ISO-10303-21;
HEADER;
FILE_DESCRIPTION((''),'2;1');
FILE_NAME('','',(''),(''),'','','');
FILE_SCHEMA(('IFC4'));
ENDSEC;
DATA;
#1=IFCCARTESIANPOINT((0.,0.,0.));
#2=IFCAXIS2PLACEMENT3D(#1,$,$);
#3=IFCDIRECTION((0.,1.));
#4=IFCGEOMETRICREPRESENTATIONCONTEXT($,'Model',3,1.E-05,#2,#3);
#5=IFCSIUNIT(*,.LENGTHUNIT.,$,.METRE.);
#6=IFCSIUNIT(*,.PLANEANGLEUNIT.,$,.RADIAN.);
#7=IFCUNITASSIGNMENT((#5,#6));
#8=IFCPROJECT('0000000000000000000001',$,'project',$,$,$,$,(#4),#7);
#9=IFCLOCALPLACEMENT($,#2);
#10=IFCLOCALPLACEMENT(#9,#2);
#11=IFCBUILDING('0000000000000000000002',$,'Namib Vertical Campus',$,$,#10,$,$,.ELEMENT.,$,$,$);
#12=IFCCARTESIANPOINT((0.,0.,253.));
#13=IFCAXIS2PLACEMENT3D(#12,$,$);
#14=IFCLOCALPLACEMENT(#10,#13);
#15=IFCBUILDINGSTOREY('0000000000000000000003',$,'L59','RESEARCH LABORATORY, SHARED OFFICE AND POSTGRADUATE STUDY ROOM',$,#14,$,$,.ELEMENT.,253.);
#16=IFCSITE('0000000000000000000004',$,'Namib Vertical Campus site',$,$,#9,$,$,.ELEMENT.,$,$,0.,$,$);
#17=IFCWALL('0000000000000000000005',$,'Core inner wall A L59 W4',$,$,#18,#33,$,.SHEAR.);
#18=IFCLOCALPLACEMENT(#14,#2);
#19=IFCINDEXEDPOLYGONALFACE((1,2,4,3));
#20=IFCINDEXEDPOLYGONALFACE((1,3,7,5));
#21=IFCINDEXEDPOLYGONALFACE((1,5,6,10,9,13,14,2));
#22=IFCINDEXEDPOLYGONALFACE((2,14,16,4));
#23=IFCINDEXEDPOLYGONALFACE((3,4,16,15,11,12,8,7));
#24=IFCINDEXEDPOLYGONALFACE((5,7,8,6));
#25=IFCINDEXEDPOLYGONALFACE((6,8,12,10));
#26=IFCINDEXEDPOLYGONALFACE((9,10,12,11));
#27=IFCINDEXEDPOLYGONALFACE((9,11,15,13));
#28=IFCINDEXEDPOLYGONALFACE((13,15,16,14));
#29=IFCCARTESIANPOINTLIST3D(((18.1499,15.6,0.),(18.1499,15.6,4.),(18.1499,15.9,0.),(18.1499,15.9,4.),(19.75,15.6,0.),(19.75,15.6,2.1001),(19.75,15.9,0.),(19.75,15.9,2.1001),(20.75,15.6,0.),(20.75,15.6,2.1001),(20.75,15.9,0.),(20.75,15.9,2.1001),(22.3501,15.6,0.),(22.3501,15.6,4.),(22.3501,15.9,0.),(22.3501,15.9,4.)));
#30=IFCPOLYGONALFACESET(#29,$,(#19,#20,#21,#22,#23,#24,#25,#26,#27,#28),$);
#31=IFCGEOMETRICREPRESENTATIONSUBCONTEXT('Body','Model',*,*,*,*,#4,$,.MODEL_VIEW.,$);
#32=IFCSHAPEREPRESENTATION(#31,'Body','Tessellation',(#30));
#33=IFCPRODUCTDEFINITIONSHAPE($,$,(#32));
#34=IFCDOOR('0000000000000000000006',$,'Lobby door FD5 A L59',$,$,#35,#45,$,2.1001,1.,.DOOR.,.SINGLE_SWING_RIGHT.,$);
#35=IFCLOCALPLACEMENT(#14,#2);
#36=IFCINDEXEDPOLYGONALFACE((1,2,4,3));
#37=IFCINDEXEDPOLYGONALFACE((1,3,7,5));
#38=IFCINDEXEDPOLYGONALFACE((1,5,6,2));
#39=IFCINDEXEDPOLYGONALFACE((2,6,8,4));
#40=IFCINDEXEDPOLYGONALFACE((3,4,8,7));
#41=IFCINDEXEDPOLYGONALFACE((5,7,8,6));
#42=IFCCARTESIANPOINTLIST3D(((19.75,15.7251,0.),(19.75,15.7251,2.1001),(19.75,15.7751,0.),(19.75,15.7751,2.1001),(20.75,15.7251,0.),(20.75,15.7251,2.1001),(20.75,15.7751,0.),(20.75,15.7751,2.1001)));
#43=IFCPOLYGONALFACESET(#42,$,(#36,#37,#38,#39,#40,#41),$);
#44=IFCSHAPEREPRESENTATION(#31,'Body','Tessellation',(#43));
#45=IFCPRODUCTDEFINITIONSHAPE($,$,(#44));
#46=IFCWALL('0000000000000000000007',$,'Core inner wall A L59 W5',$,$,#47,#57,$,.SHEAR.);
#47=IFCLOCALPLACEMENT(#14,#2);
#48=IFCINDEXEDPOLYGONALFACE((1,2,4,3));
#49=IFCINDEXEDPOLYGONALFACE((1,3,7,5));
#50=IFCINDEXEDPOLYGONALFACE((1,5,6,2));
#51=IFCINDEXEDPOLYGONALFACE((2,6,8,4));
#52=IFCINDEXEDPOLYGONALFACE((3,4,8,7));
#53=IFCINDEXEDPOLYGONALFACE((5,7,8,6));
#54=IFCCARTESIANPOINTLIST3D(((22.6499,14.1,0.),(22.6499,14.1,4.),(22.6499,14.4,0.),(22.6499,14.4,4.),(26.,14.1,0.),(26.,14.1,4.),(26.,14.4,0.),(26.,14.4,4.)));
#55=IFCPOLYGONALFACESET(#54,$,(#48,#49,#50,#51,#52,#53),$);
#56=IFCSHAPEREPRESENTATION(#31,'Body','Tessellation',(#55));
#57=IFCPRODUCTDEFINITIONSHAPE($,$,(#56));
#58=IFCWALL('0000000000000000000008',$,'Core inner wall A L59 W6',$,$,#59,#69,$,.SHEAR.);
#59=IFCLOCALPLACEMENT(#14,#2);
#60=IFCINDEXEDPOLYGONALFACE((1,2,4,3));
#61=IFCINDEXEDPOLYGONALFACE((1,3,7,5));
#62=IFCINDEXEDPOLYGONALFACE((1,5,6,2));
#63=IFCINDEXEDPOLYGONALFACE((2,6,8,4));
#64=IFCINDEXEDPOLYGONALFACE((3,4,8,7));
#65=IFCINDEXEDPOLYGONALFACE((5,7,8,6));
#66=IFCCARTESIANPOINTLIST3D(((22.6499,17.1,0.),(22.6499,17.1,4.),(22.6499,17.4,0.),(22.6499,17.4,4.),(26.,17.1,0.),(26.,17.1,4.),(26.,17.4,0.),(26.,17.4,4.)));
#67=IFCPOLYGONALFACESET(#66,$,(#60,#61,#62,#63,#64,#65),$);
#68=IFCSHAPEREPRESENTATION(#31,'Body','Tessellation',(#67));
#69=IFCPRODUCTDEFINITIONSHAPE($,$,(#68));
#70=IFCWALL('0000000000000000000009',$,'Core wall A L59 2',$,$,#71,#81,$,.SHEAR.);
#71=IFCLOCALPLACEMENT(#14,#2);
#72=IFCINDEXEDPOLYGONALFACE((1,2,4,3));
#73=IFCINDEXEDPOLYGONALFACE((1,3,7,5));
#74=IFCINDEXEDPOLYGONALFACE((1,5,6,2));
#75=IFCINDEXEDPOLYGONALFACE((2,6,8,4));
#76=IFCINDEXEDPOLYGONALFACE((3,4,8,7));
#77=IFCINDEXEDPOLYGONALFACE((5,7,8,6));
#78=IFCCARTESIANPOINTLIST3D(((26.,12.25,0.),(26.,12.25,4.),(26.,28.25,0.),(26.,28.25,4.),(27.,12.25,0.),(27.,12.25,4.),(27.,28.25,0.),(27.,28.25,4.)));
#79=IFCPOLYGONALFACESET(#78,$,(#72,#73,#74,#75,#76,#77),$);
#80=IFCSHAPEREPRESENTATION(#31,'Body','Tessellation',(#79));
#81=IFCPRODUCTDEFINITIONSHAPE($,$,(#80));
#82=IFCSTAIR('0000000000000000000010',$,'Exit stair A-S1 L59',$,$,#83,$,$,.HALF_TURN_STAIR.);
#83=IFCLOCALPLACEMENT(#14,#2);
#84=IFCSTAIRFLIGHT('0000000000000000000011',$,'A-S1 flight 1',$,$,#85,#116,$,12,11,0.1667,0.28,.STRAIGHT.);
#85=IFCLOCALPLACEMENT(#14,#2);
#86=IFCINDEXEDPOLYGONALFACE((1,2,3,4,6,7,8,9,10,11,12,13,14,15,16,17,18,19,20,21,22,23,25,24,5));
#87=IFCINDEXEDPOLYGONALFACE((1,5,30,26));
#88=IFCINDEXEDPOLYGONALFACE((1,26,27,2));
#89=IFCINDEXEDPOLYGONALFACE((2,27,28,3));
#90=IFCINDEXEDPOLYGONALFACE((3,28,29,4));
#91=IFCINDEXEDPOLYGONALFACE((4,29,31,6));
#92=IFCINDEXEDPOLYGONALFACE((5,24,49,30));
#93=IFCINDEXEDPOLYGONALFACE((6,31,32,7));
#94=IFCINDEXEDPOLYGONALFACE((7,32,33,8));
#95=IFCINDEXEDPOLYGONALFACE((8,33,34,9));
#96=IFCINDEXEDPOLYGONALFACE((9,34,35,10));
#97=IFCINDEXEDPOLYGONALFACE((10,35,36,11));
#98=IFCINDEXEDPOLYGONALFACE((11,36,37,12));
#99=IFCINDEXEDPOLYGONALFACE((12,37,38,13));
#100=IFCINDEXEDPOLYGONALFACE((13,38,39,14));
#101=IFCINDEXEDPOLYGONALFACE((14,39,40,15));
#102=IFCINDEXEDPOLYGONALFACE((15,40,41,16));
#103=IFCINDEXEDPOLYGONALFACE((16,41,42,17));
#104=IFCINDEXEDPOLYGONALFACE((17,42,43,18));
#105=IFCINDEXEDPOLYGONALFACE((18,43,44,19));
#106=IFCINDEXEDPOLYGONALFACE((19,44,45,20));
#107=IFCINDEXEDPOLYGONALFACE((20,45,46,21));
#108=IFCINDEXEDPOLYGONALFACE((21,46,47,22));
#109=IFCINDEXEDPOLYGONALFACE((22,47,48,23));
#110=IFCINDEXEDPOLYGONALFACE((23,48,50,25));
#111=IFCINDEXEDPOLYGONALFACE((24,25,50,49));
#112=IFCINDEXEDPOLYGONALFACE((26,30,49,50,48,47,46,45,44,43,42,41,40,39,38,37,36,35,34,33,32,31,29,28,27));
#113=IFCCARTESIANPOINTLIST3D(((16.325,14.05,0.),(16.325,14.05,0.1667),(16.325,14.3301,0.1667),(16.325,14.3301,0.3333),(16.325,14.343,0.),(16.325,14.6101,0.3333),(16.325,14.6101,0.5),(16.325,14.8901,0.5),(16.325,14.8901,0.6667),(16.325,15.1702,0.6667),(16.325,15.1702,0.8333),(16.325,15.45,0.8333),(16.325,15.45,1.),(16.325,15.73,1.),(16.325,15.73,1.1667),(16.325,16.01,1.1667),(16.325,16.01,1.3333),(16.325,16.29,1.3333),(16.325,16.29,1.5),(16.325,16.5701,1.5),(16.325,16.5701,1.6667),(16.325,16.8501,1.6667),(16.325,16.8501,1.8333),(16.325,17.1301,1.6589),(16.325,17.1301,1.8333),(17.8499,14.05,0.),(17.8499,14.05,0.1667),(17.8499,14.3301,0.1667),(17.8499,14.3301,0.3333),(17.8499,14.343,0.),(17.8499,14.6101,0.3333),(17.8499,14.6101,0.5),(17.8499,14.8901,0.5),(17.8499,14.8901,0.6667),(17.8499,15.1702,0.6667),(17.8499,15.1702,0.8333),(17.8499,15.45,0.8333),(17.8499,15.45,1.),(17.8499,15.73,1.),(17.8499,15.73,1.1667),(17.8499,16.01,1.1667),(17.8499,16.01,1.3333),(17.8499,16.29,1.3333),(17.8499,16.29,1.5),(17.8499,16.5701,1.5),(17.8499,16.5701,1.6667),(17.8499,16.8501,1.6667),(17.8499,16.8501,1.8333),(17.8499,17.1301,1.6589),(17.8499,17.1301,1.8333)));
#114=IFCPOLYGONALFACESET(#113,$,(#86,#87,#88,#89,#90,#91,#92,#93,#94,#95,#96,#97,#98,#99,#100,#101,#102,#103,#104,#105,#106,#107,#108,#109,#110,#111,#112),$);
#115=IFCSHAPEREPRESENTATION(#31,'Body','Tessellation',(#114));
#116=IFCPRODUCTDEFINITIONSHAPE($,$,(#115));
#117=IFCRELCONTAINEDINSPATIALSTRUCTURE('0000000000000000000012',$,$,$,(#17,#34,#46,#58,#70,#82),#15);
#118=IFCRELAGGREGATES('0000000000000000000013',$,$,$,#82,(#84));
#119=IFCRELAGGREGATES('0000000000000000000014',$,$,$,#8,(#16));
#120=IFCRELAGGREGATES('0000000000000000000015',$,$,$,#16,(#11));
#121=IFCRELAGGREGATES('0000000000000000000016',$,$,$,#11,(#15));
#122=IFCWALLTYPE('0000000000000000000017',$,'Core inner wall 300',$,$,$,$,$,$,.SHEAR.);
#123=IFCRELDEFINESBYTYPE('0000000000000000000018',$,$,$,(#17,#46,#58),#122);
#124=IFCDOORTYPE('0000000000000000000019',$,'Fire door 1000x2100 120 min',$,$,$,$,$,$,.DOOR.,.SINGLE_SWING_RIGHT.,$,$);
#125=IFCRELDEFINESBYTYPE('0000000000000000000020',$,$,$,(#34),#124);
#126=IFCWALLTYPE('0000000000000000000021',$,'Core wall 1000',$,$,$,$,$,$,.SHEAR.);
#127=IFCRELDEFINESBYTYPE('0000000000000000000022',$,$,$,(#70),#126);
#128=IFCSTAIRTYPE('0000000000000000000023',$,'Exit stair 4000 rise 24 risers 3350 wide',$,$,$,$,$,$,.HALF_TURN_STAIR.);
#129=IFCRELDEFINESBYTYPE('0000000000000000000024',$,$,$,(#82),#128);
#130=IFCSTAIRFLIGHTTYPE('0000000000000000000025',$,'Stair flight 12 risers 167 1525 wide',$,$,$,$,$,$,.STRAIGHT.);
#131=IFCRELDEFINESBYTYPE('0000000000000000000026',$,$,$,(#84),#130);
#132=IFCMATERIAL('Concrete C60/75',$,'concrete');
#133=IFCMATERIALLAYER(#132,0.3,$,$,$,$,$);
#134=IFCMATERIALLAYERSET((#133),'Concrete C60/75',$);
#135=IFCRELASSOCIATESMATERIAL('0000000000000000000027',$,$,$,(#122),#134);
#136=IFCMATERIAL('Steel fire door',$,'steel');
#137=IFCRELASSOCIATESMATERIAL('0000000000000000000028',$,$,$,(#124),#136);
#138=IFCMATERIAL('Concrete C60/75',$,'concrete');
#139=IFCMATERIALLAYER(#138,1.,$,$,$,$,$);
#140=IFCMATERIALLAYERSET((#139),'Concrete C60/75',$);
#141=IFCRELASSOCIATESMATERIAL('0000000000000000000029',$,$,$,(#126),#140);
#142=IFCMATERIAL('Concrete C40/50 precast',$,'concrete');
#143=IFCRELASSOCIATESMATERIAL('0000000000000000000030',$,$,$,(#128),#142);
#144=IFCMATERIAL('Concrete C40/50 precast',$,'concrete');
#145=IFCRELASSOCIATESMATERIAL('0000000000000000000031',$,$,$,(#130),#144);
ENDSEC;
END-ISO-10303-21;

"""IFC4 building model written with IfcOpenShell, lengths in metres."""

from ifc_helpers import new_model, si_unit, direction, frame, frame_2d, origin, place, context, subcontext, project, spatial, polyline, rectangle, outline, extrude, material, layer, layer_set, type_object, element, fill, aggregate, save


model = new_model("IFC4")

# Units and contexts
model_context = context("Model", 3, precision=1e-05, world=origin(), true_north=direction((0.0, 1.0)))
body_context = subcontext(model_context, "Body", "Model", "MODEL_VIEW")
ifc_project = project(units=[si_unit("LENGTHUNIT", "METRE"), si_unit("PLANEANGLEUNIT", "RADIAN")], contexts=[model_context])

# Site, building, storey
site_placement = place(None, origin())
site = spatial("IfcSite", under=ifc_project, at=site_placement, Name="Namib Vertical Campus site", CompositionType="ELEMENT", RefElevation=0.0)
building_placement = place(site_placement, origin())
building = spatial("IfcBuilding", under=site, at=building_placement, Name="Namib Vertical Campus", CompositionType="ELEMENT")
storey_placement = place(building_placement, frame((0.0, 0.0, 253.0)))
storey = spatial("IfcBuildingStorey", under=building, at=storey_placement, Name="L59", Description="RESEARCH LABORATORY, SHARED OFFICE AND POSTGRADUATE STUDY ROOM", CompositionType="ELEMENT", Elevation=253.0)

# Wall, opening, door
ifc_material_1 = material(Name="Concrete C60/75", Category="concrete")
ifc_layer_1 = layer(ifc_material_1, 0.3)
ifc_layer_set_1 = layer_set([ifc_layer_1], Name="Concrete C60/75")
wall_type_1 = type_object("IfcWallType", Name="Core inner wall 300", PredefinedType="SHEAR", material=ifc_layer_set_1)
wall_1_placement = place(storey_placement, frame((18.1499, 15.75, 0.0), z_axis=(0.0, 0.0, 1.0), x_axis=(1.0, 0.0, 0.0)))
wall_1 = element("IfcWall", 1, at=wall_1_placement, inside=storey, type_object=wall_type_1, Name="Core inner wall A L59 W4", PredefinedType="SHEAR", context=body_context, shape_type="SweptSolid", body=[
    extrude(rectangle(XDim=4.2002, YDim=0.3, at=frame_2d((2.1001, 0.0))), origin(), (0.0, 0.0, 1.0), 4.0),
])
opening_placement = place(wall_1_placement, frame((1.6001, 0.0, 0.0)))
opening = element("IfcOpeningElement", 2, at=opening_placement, cuts=wall_1, PredefinedType="OPENING", context=body_context, shape_type="SweptSolid", body=[
    extrude(rectangle(XDim=1.0, YDim=2.1001, at=frame_2d((0.5, 1.05))), frame((0.0, 0.1599, 0.0), z_axis=(0.0, -1.0, 0.0), x_axis=(1.0, 0.0, 0.0)), (0.0, 0.0, 1.0), 0.3201),
])
ifc_material_2 = material(Name="Steel fire door", Category="steel")
door_type = type_object("IfcDoorType", Name="Fire door 1000x2100 120 min", OperationType="SINGLE_SWING_RIGHT", PredefinedType="DOOR", material=ifc_material_2)
door_placement = place(opening_placement, frame((1.0, 0.0, 0.0), z_axis=(0.0, 0.0, 1.0), x_axis=(-1.0, 0.0, 0.0)))
door = element("IfcDoor", 3, at=door_placement, inside=storey, type_object=door_type, Name="Lobby door FD5 A L59", OperationType="SINGLE_SWING_RIGHT", OverallHeight=2.1001, OverallWidth=1.0, PredefinedType="DOOR", context=body_context, shape_type="SweptSolid", body=[
    extrude(rectangle(XDim=1.0, YDim=2.1001, at=frame_2d((0.5, 1.05))), frame((0.0, 0.0249, 0.0), z_axis=(0.0, -1.0, 0.0), x_axis=(1.0, 0.0, 0.0)), (0.0, 0.0, 1.0), 0.05),
])
fill(opening, door)

# Walls
for number, where, z_axis, x_axis, name in (
    (4, (22.6499, 14.25, 0.0), (0.0, 0.0, 1.0), (1.0, 0.0, 0.0), "Core inner wall A L59 W5"),
    (5, (22.6499, 17.25, 0.0), (0.0, 0.0, 1.0), (1.0, 0.0, 0.0), "Core inner wall A L59 W6"),
):
    element("IfcWall", number, at=place(storey_placement, frame(where, z_axis=z_axis, x_axis=x_axis)), inside=storey, type_object=wall_type_1, Name=name, PredefinedType="SHEAR", context=body_context, shape_type="SweptSolid", body=[
        extrude(rectangle(XDim=3.3501, YDim=0.3, at=frame_2d((1.675, 0.0))), origin(), (0.0, 0.0, 1.0), 4.0),
    ])
ifc_material_3 = material(Name="Concrete C60/75", Category="concrete")
ifc_layer_2 = layer(ifc_material_3, 1.0)
ifc_layer_set_2 = layer_set([ifc_layer_2], Name="Concrete C60/75")
wall_type_2 = type_object("IfcWallType", Name="Core wall 1000", PredefinedType="SHEAR", material=ifc_layer_set_2)
wall_2_placement = place(storey_placement, frame((26.5, 12.25, 0.0), z_axis=(0.0, 0.0, 1.0), x_axis=(0.0, 1.0, 0.0)))
element("IfcWall", 6, at=wall_2_placement, inside=storey, type_object=wall_type_2, Name="Core wall A L59 2", PredefinedType="SHEAR", context=body_context, shape_type="SweptSolid", body=[
    extrude(rectangle(XDim=16.0, YDim=1.0, at=frame_2d((8.0, 0.0))), origin(), (0.0, 0.0, 1.0), 4.0),
])

# Stair, stair flight
ifc_material_4 = material(Name="Concrete C40/50 precast", Category="concrete")
stair_type = type_object("IfcStairType", Name="Exit stair 4000 rise 24 risers 3350 wide", PredefinedType="HALF_TURN_STAIR", material=ifc_material_4)
stair_placement = place(storey_placement, origin())
stair = element("IfcStair", 7, at=stair_placement, inside=storey, type_object=stair_type, Name="Exit stair A-S1 L59", PredefinedType="HALF_TURN_STAIR")
ifc_material_5 = material(Name="Concrete C40/50 precast", Category="concrete")
stair_flight_type = type_object("IfcStairFlightType", Name="Stair flight 12 risers 167 1525 wide", PredefinedType="STRAIGHT", material=ifc_material_5)
stair_flight_placement = place(storey_placement, frame((17.0874, 14.05, 0.0), z_axis=(0.0, 0.0, 1.0), x_axis=(0.0, 1.0, 0.0)))
stair_flight = element("IfcStairFlight", 8, at=stair_flight_placement, type_object=stair_flight_type, Name="A-S1 flight 1", NumberOfRisers=12, NumberOfTreads=11, PredefinedType="STRAIGHT", RiserHeight=0.1667, TreadLength=0.28, context=body_context, shape_type="SweptSolid", body=[
    extrude(outline(polyline([(0.0, 0.0), (0.0, 0.1667), (0.28, 0.1667), (0.28, 0.3333), (0.5601, 0.3333), (0.5601, 0.5), (0.8401, 0.5), (0.8401, 0.6667), (1.1201, 0.6667), (1.1201, 0.8333), (1.3999, 0.8333), (1.3999, 1.0), (1.6799, 1.0), (1.6799, 1.1667), (1.96, 1.1667), (1.96, 1.3333), (2.24, 1.3333), (2.24, 1.5), (2.52, 1.5), (2.52, 1.6667), (2.8, 1.6667), (2.8, 1.8333), (3.0801, 1.8333), (3.0801, 2.0), (3.0801, 1.6589), (0.293, 0.0), (0.0, 0.0)])), frame((0.0, 0.7625, 0.0), z_axis=(0.0, -1.0, 0.0), x_axis=(1.0, 0.0, 0.0)), (0.0, 0.0, 1.0), 1.5249),
])
aggregate(stair, [stair_flight])

save(model, "model.ifc")
